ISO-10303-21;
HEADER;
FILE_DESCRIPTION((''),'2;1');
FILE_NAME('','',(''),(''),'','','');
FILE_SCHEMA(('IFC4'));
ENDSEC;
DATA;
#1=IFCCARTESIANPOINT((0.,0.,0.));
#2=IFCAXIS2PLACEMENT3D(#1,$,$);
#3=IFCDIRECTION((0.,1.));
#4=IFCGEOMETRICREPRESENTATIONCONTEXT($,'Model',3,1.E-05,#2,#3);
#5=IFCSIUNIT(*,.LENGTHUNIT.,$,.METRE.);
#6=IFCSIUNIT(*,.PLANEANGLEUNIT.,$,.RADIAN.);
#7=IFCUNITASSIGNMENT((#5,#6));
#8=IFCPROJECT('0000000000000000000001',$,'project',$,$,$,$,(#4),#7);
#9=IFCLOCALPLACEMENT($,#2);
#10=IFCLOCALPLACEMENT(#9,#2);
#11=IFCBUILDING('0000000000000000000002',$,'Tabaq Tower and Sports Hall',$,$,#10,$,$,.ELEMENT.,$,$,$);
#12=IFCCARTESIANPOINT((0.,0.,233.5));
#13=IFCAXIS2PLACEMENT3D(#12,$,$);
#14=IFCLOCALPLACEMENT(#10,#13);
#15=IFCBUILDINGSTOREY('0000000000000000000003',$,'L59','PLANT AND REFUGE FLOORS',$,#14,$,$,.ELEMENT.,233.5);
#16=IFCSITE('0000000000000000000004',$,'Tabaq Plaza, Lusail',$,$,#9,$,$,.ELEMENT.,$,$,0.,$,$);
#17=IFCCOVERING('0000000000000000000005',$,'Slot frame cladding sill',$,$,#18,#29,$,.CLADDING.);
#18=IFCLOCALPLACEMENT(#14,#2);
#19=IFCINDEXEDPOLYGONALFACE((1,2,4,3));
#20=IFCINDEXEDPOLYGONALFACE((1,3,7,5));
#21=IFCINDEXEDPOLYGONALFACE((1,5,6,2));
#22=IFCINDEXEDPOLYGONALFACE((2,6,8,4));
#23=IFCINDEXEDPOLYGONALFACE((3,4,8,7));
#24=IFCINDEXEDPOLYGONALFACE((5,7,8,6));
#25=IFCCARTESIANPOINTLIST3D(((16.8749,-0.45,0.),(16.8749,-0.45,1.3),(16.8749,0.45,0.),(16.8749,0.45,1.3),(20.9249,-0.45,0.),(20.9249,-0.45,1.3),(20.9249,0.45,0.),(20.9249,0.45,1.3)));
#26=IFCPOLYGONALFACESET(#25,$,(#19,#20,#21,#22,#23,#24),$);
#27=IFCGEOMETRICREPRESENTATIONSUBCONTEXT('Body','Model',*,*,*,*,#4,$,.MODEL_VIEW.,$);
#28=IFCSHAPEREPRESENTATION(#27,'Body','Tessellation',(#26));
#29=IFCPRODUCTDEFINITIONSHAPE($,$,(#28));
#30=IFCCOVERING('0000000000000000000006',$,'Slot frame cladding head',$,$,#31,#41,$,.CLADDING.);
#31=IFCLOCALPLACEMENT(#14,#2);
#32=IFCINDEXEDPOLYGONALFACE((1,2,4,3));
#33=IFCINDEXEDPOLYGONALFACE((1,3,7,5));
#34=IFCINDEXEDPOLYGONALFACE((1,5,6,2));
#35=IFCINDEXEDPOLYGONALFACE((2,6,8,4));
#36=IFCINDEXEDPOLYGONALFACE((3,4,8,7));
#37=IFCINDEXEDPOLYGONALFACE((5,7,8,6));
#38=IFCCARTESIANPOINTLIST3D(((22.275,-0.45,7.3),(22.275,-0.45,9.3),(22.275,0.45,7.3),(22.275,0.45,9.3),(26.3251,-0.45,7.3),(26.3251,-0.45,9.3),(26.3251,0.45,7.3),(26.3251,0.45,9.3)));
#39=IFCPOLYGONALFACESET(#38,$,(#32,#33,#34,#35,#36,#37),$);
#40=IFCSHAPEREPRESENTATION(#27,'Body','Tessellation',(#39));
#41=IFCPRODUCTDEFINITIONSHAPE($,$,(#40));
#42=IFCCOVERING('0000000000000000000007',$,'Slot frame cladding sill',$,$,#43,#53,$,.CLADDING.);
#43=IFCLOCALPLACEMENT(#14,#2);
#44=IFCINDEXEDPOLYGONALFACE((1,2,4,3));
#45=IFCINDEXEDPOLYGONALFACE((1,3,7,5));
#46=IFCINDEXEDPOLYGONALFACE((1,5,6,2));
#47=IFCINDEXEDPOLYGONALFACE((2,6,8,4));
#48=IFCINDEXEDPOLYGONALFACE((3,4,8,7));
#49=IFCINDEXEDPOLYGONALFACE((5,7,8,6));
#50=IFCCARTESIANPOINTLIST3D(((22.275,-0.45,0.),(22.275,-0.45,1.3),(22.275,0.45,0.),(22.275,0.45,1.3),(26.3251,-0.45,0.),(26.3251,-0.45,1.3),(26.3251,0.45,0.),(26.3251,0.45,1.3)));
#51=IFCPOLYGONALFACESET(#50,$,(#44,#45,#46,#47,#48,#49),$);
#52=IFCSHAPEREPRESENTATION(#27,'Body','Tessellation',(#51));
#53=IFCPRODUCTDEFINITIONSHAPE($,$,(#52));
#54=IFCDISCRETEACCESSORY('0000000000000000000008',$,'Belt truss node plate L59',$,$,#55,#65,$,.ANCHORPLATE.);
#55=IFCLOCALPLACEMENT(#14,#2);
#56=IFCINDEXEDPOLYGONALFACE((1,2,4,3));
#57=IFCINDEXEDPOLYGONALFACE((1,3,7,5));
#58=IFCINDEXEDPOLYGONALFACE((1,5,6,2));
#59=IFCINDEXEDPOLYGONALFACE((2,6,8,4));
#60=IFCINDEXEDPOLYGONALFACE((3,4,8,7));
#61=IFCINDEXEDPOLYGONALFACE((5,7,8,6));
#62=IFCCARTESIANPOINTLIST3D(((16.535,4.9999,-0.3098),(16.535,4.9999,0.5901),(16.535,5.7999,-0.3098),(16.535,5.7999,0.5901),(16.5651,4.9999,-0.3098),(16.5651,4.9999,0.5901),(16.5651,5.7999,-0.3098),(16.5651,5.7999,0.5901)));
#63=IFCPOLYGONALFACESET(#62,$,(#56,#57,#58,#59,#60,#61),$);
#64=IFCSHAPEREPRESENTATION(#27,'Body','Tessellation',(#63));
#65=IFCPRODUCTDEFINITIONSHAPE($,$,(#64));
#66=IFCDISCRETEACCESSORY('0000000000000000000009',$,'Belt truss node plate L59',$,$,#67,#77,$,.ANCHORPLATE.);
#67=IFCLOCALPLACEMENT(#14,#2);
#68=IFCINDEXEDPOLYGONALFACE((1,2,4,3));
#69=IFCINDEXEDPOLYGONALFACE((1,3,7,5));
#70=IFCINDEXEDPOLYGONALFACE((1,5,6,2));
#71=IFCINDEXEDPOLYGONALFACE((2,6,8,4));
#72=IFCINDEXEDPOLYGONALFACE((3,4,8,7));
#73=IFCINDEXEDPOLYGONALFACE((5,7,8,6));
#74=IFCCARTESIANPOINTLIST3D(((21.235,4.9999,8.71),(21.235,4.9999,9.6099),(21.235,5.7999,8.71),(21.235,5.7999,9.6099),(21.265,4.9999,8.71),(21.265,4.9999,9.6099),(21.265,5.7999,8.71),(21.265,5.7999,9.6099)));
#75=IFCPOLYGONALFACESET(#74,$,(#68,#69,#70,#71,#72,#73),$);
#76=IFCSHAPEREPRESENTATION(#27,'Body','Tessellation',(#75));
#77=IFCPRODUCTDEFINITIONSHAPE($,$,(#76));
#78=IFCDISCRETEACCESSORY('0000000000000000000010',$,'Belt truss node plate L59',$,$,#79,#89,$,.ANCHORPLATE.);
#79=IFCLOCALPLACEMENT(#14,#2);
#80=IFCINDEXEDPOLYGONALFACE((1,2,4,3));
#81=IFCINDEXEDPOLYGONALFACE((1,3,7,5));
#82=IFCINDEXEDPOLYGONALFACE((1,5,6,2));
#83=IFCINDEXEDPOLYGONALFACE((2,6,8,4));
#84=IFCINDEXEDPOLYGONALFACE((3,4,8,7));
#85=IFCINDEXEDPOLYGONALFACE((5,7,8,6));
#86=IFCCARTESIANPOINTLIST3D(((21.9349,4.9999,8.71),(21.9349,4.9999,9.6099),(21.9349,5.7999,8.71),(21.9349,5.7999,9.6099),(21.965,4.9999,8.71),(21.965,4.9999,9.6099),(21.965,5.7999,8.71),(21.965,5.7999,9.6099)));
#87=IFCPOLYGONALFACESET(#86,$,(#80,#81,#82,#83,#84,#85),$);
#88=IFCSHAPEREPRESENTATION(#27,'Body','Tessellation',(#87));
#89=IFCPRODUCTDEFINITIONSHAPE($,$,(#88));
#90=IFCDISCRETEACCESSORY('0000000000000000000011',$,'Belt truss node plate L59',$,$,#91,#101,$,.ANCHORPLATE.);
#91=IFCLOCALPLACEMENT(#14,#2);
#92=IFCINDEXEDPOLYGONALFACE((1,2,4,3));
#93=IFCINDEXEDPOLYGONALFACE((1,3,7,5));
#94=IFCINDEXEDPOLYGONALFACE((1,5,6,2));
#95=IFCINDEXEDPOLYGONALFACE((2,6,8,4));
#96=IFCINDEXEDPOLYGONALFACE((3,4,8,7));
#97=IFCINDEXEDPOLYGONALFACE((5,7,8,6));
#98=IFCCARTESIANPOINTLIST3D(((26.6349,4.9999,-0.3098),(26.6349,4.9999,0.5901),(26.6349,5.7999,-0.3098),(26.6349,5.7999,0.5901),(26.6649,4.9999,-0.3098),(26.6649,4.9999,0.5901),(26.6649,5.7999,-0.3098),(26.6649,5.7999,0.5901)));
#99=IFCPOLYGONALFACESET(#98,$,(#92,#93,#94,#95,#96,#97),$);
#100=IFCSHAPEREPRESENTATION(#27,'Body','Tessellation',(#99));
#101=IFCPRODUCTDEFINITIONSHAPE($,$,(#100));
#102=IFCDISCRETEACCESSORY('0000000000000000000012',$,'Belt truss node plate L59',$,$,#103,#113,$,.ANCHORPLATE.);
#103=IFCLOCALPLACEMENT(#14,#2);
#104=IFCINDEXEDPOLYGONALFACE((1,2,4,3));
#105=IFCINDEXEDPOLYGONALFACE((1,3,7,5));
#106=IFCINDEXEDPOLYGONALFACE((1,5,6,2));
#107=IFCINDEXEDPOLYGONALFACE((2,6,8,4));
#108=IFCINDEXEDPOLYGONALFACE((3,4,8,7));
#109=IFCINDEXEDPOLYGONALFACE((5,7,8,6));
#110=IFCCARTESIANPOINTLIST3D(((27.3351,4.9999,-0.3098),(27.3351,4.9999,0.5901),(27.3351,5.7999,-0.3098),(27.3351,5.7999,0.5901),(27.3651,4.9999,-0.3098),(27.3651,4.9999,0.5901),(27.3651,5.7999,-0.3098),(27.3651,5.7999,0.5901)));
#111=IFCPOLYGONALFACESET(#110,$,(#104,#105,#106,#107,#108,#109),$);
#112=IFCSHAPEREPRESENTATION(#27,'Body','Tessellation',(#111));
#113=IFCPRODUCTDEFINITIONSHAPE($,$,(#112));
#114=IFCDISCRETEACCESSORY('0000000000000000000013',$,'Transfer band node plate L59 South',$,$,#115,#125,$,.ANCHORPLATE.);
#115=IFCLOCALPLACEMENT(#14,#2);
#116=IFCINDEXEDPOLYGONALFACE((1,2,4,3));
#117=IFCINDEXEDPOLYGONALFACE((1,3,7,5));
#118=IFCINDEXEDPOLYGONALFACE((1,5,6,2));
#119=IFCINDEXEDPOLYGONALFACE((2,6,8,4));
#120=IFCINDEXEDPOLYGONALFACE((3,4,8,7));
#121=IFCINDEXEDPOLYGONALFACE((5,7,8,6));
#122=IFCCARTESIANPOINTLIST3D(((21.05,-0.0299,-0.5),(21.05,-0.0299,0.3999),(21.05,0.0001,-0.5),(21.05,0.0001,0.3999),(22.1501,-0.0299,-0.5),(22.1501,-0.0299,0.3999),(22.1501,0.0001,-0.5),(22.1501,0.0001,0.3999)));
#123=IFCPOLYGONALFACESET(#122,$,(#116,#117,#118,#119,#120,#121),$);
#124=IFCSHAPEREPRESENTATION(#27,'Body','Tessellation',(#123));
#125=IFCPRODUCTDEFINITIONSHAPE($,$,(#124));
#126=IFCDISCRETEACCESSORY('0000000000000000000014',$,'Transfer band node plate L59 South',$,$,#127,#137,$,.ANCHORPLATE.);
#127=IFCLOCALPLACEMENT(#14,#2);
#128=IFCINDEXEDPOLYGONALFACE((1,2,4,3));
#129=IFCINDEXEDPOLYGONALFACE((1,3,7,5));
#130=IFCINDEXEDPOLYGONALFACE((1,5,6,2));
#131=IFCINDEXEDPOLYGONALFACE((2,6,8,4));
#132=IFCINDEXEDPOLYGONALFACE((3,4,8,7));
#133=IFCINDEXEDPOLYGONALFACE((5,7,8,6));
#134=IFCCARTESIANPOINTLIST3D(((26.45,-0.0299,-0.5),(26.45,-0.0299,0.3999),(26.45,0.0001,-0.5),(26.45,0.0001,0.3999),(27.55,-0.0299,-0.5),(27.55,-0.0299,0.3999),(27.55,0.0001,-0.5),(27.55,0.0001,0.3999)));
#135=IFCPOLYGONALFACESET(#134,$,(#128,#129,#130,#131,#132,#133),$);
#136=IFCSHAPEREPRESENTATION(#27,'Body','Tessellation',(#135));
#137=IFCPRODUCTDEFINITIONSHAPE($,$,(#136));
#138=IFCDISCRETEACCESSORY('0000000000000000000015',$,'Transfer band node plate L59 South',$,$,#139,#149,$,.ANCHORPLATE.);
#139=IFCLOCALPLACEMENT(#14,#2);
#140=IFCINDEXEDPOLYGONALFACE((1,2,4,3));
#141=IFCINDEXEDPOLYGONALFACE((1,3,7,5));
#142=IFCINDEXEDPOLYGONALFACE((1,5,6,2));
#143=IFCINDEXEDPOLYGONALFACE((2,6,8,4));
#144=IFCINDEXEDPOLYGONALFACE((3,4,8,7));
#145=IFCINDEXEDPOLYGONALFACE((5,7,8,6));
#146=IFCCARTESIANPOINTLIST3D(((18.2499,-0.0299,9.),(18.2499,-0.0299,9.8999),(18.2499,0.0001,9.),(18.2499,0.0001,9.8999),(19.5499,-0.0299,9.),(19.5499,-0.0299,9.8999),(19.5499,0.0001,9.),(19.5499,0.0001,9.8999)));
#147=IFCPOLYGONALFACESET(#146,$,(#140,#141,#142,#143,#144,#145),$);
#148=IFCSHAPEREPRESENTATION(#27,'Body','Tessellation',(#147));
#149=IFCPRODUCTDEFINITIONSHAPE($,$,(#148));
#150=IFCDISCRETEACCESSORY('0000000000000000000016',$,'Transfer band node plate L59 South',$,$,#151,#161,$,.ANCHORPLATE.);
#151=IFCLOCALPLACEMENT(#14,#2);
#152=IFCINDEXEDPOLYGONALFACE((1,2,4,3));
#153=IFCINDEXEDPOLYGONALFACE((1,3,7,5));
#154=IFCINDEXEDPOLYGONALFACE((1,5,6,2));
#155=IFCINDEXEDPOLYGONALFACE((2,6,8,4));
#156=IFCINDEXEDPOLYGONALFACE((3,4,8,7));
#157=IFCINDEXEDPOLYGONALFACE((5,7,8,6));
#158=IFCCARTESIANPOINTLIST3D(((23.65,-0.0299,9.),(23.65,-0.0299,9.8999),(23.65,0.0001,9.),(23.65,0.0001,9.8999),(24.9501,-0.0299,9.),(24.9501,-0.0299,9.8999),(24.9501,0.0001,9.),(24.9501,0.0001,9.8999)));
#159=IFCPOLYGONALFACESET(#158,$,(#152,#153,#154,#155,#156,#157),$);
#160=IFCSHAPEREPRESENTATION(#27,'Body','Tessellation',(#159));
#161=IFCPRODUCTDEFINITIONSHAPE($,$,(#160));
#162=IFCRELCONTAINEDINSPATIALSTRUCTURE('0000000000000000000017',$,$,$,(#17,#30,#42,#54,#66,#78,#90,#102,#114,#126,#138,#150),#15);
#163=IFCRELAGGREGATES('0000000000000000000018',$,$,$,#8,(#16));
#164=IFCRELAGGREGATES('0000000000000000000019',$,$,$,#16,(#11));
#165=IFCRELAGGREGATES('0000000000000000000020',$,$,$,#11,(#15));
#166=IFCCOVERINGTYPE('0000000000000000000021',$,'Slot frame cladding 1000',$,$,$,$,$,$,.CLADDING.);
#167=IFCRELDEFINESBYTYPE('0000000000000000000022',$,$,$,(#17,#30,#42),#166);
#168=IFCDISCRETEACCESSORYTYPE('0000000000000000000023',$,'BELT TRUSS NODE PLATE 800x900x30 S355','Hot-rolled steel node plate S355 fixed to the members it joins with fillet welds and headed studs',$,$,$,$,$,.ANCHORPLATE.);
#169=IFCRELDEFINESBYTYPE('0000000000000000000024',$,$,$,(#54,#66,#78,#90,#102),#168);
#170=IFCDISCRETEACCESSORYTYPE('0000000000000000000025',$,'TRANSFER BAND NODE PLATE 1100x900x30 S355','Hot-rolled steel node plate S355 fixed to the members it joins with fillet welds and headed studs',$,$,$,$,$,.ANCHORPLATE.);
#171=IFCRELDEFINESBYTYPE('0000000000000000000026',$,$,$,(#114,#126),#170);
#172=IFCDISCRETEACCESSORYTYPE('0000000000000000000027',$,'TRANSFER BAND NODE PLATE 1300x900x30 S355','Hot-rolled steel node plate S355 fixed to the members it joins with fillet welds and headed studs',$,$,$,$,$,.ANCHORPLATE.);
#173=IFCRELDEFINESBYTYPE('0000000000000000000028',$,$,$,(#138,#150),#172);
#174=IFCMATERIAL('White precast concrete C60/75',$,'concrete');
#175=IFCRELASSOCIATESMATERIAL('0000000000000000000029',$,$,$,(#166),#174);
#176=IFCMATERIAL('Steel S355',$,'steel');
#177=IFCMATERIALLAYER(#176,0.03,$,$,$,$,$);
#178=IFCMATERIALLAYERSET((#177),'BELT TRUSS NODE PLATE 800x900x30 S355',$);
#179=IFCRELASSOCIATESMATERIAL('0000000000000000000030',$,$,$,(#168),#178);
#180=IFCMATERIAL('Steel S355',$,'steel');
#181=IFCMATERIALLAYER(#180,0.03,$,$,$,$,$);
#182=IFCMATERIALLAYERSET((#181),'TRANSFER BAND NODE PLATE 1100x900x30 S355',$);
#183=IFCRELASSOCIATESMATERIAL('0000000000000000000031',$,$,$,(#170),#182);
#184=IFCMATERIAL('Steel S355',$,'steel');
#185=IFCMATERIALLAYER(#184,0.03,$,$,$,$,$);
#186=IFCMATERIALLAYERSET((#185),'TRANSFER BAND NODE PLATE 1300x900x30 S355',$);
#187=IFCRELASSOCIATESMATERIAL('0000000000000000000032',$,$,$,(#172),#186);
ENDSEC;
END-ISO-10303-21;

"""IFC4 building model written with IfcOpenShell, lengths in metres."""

from ifc_helpers import new_model, si_unit, direction, frame, origin, origin_2d, place, context, subcontext, project, spatial, rectangle, extrude, material, layer, layer_set, type_object, element, save


model = new_model("IFC4")

# Units and contexts
model_context = context("Model", 3, precision=1e-05, world=origin(), true_north=direction((0.0, 1.0)))
body_context = subcontext(model_context, "Body", "Model", "MODEL_VIEW")
ifc_project = project(units=[si_unit("LENGTHUNIT", "METRE"), si_unit("PLANEANGLEUNIT", "RADIAN")], contexts=[model_context])

# Site, building, storey
site_placement = place(None, origin())
site = spatial("IfcSite", under=ifc_project, at=site_placement, Name="Tabaq Plaza, Lusail", CompositionType="ELEMENT", RefElevation=0.0)
building_placement = place(site_placement, origin())
building = spatial("IfcBuilding", under=site, at=building_placement, Name="Tabaq Tower and Sports Hall", CompositionType="ELEMENT")
storey_placement = place(building_placement, frame((0.0, 0.0, 233.5)))
storey = spatial("IfcBuildingStorey", under=building, at=storey_placement, Name="L59", Description="PLANT AND REFUGE FLOORS", CompositionType="ELEMENT", Elevation=233.5)

# Coverings
ifc_material_1 = material(Name="White precast concrete C60/75", Category="concrete")
covering_type_1 = type_object("IfcCoveringType", Name="Slot frame cladding 1000", PredefinedType="CLADDING", material=ifc_material_1)
covering_1_placement = place(storey_placement, frame((18.8999, 0.0, 0.0), z_axis=(0.0, 0.0, 1.0), x_axis=(1.0, 0.0, 0.0)))
element("IfcCovering", 1, at=covering_1_placement, inside=storey, type_object=covering_type_1, Name="Slot frame cladding sill", PredefinedType="CLADDING", context=body_context, shape_type="SweptSolid", body=[
    extrude(rectangle(XDim=4.05, YDim=0.8999, at=origin_2d()), origin(), (0.0, 0.0, 1.0), 1.3),
])
covering_2_placement = place(storey_placement, frame((24.3, 0.0, 7.3), z_axis=(0.0, 0.0, 1.0), x_axis=(1.0, 0.0, 0.0)))
element("IfcCovering", 2, at=covering_2_placement, inside=storey, type_object=covering_type_1, Name="Slot frame cladding head", PredefinedType="CLADDING", context=body_context, shape_type="SweptSolid", body=[
    extrude(rectangle(XDim=4.05, YDim=0.8999, at=origin_2d()), origin(), (0.0, 0.0, 1.0), 2.0),
])
covering_3_placement = place(storey_placement, frame((24.3, 0.0, 0.0), z_axis=(0.0, 0.0, 1.0), x_axis=(1.0, 0.0, 0.0)))
element("IfcCovering", 3, at=covering_3_placement, inside=storey, type_object=covering_type_1, Name="Slot frame cladding sill", PredefinedType="CLADDING", context=body_context, shape_type="SweptSolid", body=[
    extrude(rectangle(XDim=4.05, YDim=0.8999, at=origin_2d()), origin(), (0.0, 0.0, 1.0), 1.3),
])

# Discrete accessories
ifc_material_2 = material(Name="Steel S355", Category="steel")
ifc_layer_1 = layer(ifc_material_2, 0.03)
ifc_layer_set_1 = layer_set([ifc_layer_1], Name="BELT TRUSS NODE PLATE 800x900x30 S355")
discrete_accessory_type_1 = type_object("IfcDiscreteAccessoryType", Name="BELT TRUSS NODE PLATE 800x900x30 S355", Description="Hot-rolled steel node plate S355 fixed to the members it joins with fillet welds and headed studs", PredefinedType="ANCHORPLATE", material=ifc_layer_set_1)
for number, where, z_axis, x_axis, name in (
    (4, (16.55, 5.3999, -0.3098), (0.0, 0.0, 1.0), (1.0, 0.0, 0.0), "Belt truss node plate L59"),
    (5, (21.25, 5.3999, 8.71), (0.0, 0.0, 1.0), (1.0, 0.0, 0.0), "Belt truss node plate L59"),
    (6, (21.95, 5.3999, 8.71), (0.0, 0.0, 1.0), (1.0, 0.0, 0.0), "Belt truss node plate L59"),
    (7, (26.6499, 5.3999, -0.3098), (0.0, 0.0, 1.0), (1.0, 0.0, 0.0), "Belt truss node plate L59"),
    (8, (27.3501, 5.3999, -0.3098), (0.0, 0.0, 1.0), (1.0, 0.0, 0.0), "Belt truss node plate L59"),
):
    element("IfcDiscreteAccessory", number, at=place(storey_placement, frame(where, z_axis=z_axis, x_axis=x_axis)), inside=storey, type_object=discrete_accessory_type_1, Name=name, PredefinedType="ANCHORPLATE", context=body_context, shape_type="SweptSolid", body=[
        extrude(rectangle(XDim=0.03, YDim=0.8, at=origin_2d()), origin(), (0.0, 0.0, 1.0), 0.8999),
    ])
ifc_material_3 = material(Name="Steel S355", Category="steel")
ifc_layer_2 = layer(ifc_material_3, 0.03)
ifc_layer_set_2 = layer_set([ifc_layer_2], Name="TRANSFER BAND NODE PLATE 1100x900x30 S355")
discrete_accessory_type_2 = type_object("IfcDiscreteAccessoryType", Name="TRANSFER BAND NODE PLATE 1100x900x30 S355", Description="Hot-rolled steel node plate S355 fixed to the members it joins with fillet welds and headed studs", PredefinedType="ANCHORPLATE", material=ifc_layer_set_2)
for number, where, z_axis, x_axis, name in (
    (9, (21.6001, -0.0149, -0.5), (0.0, 0.0, 1.0), (1.0, 0.0, 0.0), "Transfer band node plate L59 South"),
    (10, (27.0, -0.0149, -0.5), (0.0, 0.0, 1.0), (1.0, 0.0, 0.0), "Transfer band node plate L59 South"),
):
    element("IfcDiscreteAccessory", number, at=place(storey_placement, frame(where, z_axis=z_axis, x_axis=x_axis)), inside=storey, type_object=discrete_accessory_type_2, Name=name, PredefinedType="ANCHORPLATE", context=body_context, shape_type="SweptSolid", body=[
        extrude(rectangle(XDim=1.1001, YDim=0.03, at=origin_2d()), origin(), (0.0, 0.0, 1.0), 0.8999),
    ])
ifc_material_4 = material(Name="Steel S355", Category="steel")
ifc_layer_3 = layer(ifc_material_4, 0.03)
ifc_layer_set_3 = layer_set([ifc_layer_3], Name="TRANSFER BAND NODE PLATE 1300x900x30 S355")
discrete_accessory_type_3 = type_object("IfcDiscreteAccessoryType", Name="TRANSFER BAND NODE PLATE 1300x900x30 S355", Description="Hot-rolled steel node plate S355 fixed to the members it joins with fillet welds and headed studs", PredefinedType="ANCHORPLATE", material=ifc_layer_set_3)
for number, where, z_axis, x_axis, name in (
    (11, (18.8999, -0.0149, 9.0), (0.0, 0.0, 1.0), (1.0, 0.0, 0.0), "Transfer band node plate L59 South"),
    (12, (24.3, -0.0149, 9.0), (0.0, 0.0, 1.0), (1.0, 0.0, 0.0), "Transfer band node plate L59 South"),
):
    element("IfcDiscreteAccessory", number, at=place(storey_placement, frame(where, z_axis=z_axis, x_axis=x_axis)), inside=storey, type_object=discrete_accessory_type_3, Name=name, PredefinedType="ANCHORPLATE", context=body_context, shape_type="SweptSolid", body=[
        extrude(rectangle(XDim=1.3, YDim=0.03, at=origin_2d()), origin(), (0.0, 0.0, 1.0), 0.8999),
    ])

save(model, "model.ifc")
